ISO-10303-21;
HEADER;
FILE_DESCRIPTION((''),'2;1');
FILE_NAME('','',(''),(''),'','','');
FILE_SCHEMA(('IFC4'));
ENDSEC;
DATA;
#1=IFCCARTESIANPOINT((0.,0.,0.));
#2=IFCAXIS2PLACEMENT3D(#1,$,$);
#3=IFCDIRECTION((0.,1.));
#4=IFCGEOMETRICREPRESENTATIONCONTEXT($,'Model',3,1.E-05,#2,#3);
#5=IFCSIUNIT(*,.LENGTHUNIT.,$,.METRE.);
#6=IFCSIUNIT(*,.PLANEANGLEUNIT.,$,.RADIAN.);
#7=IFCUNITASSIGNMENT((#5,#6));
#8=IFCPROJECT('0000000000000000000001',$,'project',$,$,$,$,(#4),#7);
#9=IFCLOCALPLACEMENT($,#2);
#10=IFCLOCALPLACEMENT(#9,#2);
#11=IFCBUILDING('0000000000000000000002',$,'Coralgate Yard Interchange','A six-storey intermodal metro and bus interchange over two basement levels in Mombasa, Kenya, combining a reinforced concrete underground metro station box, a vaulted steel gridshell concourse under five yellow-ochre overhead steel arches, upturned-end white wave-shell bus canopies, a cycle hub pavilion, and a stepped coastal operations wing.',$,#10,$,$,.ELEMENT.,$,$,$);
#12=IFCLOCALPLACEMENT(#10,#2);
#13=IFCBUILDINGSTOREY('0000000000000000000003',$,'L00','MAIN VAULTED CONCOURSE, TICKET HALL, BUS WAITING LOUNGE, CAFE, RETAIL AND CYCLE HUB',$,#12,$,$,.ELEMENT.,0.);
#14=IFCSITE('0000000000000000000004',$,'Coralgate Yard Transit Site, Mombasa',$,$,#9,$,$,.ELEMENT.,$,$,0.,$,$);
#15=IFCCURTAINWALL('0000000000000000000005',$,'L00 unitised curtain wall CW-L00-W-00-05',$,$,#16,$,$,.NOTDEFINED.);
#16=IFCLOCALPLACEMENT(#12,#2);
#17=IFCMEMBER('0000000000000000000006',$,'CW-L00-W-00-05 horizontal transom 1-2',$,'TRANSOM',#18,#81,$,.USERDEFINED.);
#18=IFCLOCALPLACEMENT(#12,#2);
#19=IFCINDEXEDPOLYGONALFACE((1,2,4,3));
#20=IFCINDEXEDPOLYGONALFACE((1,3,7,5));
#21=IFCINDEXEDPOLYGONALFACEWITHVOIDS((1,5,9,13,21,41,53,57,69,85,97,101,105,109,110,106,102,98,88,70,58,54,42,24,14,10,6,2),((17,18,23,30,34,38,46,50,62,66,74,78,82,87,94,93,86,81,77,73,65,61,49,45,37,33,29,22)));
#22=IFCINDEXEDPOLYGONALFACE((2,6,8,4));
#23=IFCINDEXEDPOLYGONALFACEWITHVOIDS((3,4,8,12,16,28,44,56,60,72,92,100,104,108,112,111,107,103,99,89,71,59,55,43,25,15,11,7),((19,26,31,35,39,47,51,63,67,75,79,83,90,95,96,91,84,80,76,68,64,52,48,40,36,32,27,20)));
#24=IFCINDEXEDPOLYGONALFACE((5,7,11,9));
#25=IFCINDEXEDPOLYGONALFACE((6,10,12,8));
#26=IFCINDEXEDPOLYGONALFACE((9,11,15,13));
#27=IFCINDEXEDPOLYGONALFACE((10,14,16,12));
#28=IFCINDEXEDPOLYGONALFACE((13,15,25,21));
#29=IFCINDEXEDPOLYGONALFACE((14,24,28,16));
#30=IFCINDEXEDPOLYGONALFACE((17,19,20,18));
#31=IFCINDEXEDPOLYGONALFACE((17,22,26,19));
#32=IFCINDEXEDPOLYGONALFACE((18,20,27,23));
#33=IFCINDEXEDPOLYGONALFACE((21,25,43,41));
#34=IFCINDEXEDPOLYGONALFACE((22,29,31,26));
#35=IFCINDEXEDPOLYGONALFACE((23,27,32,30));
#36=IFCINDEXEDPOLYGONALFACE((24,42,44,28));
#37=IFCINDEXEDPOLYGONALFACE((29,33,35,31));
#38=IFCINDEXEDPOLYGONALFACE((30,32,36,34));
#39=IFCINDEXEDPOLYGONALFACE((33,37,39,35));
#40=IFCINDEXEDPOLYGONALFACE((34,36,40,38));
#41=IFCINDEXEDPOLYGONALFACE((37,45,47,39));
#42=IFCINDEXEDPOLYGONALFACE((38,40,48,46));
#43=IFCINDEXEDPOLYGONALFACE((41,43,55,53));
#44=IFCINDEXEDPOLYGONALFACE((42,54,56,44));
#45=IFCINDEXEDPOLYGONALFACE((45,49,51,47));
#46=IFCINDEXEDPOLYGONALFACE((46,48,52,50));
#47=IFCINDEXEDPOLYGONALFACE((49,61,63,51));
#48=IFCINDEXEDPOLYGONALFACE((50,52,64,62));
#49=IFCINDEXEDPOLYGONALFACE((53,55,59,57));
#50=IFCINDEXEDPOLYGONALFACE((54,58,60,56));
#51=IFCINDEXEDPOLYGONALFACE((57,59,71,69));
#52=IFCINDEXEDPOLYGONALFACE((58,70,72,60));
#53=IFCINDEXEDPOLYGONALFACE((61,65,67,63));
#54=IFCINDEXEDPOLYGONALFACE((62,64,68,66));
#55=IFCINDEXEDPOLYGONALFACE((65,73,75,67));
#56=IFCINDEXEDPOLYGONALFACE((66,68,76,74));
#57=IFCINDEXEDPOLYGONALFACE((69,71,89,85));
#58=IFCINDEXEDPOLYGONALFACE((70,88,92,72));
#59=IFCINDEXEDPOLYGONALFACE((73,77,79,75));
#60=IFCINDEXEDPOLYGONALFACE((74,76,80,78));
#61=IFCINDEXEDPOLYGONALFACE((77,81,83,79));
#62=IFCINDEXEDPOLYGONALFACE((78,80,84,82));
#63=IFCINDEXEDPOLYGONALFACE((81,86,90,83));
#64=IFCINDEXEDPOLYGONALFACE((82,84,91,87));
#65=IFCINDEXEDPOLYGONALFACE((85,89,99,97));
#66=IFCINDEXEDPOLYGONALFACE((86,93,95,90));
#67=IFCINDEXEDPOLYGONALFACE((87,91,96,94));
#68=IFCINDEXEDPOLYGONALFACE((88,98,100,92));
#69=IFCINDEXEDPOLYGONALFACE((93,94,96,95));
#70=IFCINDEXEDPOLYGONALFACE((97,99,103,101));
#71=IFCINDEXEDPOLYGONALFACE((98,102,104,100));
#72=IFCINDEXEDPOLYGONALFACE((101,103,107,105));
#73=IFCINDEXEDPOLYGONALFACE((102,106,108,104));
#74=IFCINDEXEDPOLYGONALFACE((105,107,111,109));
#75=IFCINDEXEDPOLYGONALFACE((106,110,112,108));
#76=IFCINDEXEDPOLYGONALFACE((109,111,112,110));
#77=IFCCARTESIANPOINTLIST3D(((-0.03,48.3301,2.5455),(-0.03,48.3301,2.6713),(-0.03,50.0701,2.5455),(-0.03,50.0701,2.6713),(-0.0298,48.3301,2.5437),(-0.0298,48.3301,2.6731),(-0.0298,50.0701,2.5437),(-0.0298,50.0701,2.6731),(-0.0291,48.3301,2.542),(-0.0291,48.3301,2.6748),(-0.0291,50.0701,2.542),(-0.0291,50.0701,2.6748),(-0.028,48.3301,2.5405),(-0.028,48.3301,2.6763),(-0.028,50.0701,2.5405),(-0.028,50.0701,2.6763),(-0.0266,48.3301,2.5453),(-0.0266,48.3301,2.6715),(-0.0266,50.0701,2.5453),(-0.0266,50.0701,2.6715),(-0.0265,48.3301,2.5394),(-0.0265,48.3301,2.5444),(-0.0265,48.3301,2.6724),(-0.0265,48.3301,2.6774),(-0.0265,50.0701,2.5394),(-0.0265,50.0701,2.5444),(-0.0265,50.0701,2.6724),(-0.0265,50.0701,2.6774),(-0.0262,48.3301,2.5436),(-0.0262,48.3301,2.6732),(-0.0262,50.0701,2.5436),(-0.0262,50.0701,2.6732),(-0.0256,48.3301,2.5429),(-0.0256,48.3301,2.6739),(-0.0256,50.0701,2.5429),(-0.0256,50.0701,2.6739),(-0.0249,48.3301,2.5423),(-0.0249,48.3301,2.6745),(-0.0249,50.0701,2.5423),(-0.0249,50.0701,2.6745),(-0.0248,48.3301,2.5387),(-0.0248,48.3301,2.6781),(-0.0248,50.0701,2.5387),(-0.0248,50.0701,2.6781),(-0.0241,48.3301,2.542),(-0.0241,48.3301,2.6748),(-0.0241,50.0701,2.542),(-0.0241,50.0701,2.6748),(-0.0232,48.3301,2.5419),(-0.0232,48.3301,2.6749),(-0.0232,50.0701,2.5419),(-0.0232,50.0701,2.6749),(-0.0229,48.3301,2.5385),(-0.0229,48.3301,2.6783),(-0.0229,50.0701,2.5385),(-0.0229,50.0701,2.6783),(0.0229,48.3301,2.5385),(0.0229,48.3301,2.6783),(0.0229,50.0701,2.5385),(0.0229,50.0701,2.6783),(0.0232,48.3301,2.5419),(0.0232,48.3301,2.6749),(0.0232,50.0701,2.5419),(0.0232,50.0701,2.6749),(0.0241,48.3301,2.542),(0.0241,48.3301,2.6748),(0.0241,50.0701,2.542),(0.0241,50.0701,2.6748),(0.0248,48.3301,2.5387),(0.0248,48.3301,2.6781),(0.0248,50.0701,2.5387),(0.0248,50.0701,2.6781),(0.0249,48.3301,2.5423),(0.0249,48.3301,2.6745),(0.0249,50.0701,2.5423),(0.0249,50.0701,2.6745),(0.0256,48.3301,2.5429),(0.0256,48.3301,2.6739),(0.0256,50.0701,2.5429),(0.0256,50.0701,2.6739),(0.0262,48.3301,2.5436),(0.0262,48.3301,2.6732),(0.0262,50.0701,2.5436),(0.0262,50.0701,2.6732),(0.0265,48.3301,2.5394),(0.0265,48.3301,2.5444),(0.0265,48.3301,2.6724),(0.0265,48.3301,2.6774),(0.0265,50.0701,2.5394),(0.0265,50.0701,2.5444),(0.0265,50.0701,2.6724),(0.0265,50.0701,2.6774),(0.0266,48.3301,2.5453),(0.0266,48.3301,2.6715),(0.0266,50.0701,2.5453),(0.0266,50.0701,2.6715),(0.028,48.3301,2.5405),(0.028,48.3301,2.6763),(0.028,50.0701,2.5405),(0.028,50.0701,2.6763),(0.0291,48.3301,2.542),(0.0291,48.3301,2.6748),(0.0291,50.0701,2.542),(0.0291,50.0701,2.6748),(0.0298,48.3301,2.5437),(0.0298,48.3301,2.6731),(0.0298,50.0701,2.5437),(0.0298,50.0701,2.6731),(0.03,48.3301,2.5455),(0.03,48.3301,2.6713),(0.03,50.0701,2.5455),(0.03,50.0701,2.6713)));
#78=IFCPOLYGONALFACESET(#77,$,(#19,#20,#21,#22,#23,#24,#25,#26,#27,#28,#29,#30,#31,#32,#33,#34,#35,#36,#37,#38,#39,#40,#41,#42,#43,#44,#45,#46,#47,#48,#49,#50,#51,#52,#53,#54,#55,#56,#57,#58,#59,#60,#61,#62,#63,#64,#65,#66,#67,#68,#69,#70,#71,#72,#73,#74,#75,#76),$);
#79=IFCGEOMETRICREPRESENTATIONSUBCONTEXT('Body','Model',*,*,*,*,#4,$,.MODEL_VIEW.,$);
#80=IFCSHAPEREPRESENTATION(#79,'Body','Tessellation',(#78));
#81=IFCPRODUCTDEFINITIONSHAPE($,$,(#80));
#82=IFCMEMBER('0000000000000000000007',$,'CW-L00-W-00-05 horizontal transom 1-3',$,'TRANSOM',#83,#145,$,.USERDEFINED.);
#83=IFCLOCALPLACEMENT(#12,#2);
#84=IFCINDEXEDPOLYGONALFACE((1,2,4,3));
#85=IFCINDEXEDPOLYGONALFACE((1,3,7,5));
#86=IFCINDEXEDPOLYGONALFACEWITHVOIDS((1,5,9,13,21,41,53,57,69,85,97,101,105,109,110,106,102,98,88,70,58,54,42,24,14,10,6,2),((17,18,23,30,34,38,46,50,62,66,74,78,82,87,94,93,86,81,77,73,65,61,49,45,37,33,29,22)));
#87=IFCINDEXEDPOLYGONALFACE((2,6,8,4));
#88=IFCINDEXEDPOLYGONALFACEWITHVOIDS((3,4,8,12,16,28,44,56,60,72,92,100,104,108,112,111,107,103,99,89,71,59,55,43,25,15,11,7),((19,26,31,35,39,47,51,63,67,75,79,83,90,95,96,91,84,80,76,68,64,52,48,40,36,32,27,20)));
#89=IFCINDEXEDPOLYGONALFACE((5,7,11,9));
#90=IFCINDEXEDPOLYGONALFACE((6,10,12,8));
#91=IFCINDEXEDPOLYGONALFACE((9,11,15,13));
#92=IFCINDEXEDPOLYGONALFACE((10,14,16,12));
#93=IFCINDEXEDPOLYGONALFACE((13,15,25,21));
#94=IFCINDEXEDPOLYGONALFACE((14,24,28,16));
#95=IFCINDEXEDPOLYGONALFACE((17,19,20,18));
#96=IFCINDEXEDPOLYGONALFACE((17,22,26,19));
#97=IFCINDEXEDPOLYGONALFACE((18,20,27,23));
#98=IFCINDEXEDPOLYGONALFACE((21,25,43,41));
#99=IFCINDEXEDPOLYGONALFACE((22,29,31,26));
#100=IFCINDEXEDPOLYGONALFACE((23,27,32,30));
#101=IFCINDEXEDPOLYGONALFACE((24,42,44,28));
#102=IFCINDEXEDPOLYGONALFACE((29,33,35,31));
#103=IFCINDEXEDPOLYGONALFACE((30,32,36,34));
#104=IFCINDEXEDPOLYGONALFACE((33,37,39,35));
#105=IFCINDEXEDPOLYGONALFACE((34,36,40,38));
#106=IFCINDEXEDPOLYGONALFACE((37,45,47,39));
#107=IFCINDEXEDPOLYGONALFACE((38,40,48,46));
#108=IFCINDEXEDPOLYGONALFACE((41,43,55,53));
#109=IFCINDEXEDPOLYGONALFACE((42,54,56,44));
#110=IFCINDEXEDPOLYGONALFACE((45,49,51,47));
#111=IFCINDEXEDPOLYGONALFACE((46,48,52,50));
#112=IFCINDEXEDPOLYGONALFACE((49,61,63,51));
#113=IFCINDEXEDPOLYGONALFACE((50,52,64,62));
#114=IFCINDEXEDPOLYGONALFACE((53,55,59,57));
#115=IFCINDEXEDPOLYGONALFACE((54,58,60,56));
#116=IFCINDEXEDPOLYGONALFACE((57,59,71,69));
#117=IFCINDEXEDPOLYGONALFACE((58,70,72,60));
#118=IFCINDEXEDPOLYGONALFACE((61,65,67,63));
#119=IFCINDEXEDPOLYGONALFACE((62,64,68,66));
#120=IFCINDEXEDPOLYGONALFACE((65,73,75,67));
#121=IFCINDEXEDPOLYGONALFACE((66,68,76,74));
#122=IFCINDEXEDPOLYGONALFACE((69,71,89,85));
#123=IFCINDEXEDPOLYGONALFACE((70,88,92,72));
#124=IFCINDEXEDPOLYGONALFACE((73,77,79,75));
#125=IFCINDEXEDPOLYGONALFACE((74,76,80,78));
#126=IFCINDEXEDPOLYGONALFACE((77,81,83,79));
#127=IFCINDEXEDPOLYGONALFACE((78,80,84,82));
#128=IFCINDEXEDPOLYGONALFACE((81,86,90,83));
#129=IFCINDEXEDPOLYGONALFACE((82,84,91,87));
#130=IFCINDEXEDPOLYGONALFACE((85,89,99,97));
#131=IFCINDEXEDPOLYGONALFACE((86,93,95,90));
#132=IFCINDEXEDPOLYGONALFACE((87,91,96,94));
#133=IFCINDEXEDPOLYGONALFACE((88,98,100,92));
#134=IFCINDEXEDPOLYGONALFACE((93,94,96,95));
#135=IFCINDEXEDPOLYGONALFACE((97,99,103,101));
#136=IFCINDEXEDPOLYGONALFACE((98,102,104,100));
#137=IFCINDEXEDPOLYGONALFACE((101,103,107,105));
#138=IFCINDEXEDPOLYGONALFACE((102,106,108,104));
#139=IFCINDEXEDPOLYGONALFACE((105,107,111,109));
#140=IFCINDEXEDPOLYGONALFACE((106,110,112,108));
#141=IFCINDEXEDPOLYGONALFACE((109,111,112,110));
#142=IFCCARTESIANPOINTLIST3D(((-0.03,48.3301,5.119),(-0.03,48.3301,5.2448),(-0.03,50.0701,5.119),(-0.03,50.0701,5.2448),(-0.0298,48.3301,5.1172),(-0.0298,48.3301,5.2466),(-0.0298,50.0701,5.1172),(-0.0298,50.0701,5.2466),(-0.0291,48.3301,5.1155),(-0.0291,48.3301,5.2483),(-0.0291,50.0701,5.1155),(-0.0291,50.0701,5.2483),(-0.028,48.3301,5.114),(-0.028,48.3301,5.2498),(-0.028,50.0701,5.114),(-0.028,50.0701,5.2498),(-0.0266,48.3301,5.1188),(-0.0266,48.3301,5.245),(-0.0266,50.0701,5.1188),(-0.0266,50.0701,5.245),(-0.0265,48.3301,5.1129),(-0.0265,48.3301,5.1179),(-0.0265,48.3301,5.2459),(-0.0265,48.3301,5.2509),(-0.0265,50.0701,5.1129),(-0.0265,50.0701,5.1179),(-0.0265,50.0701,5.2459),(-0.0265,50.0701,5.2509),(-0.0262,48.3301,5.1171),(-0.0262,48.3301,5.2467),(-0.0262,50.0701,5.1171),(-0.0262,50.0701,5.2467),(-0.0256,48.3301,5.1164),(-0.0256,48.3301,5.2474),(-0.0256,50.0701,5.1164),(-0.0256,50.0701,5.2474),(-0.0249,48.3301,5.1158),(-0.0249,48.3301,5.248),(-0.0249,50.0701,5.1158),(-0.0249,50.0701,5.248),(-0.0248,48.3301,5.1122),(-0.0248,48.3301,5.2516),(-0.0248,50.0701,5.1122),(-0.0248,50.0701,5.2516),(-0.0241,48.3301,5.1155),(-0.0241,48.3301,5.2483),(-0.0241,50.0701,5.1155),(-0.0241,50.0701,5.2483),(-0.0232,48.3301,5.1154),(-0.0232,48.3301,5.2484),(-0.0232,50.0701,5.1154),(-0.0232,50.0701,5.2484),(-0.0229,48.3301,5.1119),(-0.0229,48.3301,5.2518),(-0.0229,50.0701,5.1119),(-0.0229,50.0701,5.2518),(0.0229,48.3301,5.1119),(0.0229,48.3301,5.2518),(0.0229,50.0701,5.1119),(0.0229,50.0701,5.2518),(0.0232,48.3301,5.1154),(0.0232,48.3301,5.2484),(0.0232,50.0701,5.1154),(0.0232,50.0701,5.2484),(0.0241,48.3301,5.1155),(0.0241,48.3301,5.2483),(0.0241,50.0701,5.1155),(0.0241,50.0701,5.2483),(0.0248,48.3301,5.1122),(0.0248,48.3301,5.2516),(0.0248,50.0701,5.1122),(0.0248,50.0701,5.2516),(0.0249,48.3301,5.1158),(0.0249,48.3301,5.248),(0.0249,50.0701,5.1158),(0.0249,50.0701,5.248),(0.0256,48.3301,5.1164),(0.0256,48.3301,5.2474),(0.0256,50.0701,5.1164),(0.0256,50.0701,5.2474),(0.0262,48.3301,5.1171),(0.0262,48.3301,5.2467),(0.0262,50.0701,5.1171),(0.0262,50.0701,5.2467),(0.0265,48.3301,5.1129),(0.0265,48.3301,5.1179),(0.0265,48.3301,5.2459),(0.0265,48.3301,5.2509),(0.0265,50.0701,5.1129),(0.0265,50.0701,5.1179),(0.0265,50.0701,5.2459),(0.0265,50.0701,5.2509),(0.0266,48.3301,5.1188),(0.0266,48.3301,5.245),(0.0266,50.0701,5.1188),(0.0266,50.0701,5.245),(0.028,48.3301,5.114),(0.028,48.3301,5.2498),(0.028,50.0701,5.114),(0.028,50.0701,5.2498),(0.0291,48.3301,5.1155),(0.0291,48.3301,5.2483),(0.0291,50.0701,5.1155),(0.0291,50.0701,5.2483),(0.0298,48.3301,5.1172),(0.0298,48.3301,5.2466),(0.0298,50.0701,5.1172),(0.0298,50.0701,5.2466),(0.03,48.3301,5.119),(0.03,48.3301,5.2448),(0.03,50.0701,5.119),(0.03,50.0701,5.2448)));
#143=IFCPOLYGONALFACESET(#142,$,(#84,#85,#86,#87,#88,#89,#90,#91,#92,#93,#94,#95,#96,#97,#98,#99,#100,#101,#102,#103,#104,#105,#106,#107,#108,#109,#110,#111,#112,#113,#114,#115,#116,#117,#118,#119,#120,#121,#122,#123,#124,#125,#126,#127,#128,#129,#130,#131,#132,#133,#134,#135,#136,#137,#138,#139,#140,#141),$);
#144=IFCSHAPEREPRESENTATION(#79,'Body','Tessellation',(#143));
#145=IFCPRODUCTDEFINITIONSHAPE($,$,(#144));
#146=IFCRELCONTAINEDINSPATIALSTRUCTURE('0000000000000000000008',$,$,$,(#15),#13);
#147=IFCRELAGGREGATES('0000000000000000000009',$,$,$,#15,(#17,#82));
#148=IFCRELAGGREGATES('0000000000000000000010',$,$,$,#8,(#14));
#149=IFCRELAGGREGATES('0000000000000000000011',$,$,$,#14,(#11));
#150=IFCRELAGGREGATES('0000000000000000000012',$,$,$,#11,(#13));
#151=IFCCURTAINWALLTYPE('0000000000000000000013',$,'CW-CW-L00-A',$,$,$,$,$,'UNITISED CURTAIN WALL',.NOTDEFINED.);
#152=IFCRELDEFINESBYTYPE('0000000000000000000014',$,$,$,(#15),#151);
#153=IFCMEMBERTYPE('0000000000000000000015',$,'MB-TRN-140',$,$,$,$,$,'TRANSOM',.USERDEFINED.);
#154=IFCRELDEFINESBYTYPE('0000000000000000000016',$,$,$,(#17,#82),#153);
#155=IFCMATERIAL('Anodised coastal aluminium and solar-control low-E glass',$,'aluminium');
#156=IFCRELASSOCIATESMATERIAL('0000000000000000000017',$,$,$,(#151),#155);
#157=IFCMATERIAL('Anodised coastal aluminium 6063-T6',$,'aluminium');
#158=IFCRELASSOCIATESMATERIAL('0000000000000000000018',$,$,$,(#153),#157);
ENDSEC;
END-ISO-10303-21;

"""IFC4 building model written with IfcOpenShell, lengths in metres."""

from ifc_helpers import new_model, si_unit, direction, frame, origin, origin_2d, place, context, subcontext, project, spatial, hollow_rectangle, extrude, material, material_profile, profile_set, type_object, element, aggregate, save


model = new_model("IFC4")

# Units and contexts
model_context = context("Model", 3, precision=1e-05, world=origin(), true_north=direction((0.0, 1.0)))
body_context = subcontext(model_context, "Body", "Model", "MODEL_VIEW")
ifc_project = project(units=[si_unit("LENGTHUNIT", "METRE"), si_unit("PLANEANGLEUNIT", "RADIAN")], contexts=[model_context])

# Site, building, storey
site_placement = place(None, origin())
site = spatial("IfcSite", under=ifc_project, at=site_placement, Name="Coralgate Yard Transit Site, Mombasa", CompositionType="ELEMENT", RefElevation=0.0)
building_placement = place(site_placement, origin())
building = spatial("IfcBuilding", under=site, at=building_placement, Name="Coralgate Yard Interchange", Description="A six-storey intermodal metro and bus interchange over two basement levels in Mombasa, Kenya, combining a reinforced concrete underground metro station box, a vaulted steel gridshell concourse under five yellow-ochre overhead steel arches, upturned-end white wave-shell bus canopies, a cycle hub pavilion, and a stepped coastal operations wing.", CompositionType="ELEMENT")
storey_placement = place(building_placement, origin())
storey = spatial("IfcBuildingStorey", under=building, at=storey_placement, Name="L00", Description="MAIN VAULTED CONCOURSE, TICKET HALL, BUS WAITING LOUNGE, CAFE, RETAIL AND CYCLE HUB", CompositionType="ELEMENT", Elevation=0.0)

# Curtain wall
ifc_material_1 = material(Name="Anodised coastal aluminium and solar-control low-E glass", Category="aluminium")
ifc_material_2 = material(Name="Anodised coastal aluminium 6063-T6", Category="aluminium")
curtain_wall_type_1 = type_object("IfcCurtainWallType", Name="CW-CW-L00-A", ElementType="UNITISED CURTAIN WALL", PredefinedType="NOTDEFINED", material=ifc_material_1)
curtain_wall_1_placement = place(storey_placement, origin())
curtain_wall_1 = element("IfcCurtainWall", 1, at=curtain_wall_1_placement, inside=storey, type_object=curtain_wall_type_1, Name="L00 unitised curtain wall CW-L00-W-00-05", PredefinedType="NOTDEFINED")

# Members
ifc_material_profile_1 = material_profile(ifc_material_2, hollow_rectangle(XDim=0.0601, YDim=0.1399, WallThickness=0.0034, InnerFilletRadius=0.0034, OuterFilletRadius=0.0071, at=origin_2d()), Name="ALU 60x140x3.5")
ifc_profile_set_1 = profile_set([ifc_material_profile_1], Name="Anodised coastal aluminium 6063-T6")
member_type_1 = type_object("IfcMemberType", Name="MB-TRN-140", ElementType="TRANSOM", PredefinedType="USERDEFINED", material=ifc_profile_set_1)
member_1_placement = place(storey_placement, frame((0.0, 48.3301, 2.6084), z_axis=(0.0, 1.0, 0.0), x_axis=(-1.0, 0.0, 0.0)))
member_1 = element("IfcMember", 2, at=member_1_placement, type_object=member_type_1, Name="CW-L00-W-00-05 horizontal transom 1-2", ObjectType="TRANSOM", PredefinedType="USERDEFINED", context=body_context, shape_type="SweptSolid", body=[
    extrude(hollow_rectangle(XDim=0.0601, YDim=0.1399, WallThickness=0.0034, InnerFilletRadius=0.0034, OuterFilletRadius=0.0071, at=origin_2d()), origin(), (0.0, 0.0, 1.0), 1.74),
])
member_2_placement = place(storey_placement, frame((0.0, 48.3301, 5.1819), z_axis=(0.0, 1.0, 0.0), x_axis=(-1.0, 0.0, 0.0)))
member_2 = element("IfcMember", 3, at=member_2_placement, type_object=member_type_1, Name="CW-L00-W-00-05 horizontal transom 1-3", ObjectType="TRANSOM", PredefinedType="USERDEFINED", context=body_context, shape_type="SweptSolid", body=[
    extrude(hollow_rectangle(XDim=0.0601, YDim=0.1399, WallThickness=0.0034, InnerFilletRadius=0.0034, OuterFilletRadius=0.0071, at=origin_2d()), origin(), (0.0, 0.0, 1.0), 1.74),
])

aggregate(curtain_wall_1, [member_1, member_2])

save(model, "model.ifc")
